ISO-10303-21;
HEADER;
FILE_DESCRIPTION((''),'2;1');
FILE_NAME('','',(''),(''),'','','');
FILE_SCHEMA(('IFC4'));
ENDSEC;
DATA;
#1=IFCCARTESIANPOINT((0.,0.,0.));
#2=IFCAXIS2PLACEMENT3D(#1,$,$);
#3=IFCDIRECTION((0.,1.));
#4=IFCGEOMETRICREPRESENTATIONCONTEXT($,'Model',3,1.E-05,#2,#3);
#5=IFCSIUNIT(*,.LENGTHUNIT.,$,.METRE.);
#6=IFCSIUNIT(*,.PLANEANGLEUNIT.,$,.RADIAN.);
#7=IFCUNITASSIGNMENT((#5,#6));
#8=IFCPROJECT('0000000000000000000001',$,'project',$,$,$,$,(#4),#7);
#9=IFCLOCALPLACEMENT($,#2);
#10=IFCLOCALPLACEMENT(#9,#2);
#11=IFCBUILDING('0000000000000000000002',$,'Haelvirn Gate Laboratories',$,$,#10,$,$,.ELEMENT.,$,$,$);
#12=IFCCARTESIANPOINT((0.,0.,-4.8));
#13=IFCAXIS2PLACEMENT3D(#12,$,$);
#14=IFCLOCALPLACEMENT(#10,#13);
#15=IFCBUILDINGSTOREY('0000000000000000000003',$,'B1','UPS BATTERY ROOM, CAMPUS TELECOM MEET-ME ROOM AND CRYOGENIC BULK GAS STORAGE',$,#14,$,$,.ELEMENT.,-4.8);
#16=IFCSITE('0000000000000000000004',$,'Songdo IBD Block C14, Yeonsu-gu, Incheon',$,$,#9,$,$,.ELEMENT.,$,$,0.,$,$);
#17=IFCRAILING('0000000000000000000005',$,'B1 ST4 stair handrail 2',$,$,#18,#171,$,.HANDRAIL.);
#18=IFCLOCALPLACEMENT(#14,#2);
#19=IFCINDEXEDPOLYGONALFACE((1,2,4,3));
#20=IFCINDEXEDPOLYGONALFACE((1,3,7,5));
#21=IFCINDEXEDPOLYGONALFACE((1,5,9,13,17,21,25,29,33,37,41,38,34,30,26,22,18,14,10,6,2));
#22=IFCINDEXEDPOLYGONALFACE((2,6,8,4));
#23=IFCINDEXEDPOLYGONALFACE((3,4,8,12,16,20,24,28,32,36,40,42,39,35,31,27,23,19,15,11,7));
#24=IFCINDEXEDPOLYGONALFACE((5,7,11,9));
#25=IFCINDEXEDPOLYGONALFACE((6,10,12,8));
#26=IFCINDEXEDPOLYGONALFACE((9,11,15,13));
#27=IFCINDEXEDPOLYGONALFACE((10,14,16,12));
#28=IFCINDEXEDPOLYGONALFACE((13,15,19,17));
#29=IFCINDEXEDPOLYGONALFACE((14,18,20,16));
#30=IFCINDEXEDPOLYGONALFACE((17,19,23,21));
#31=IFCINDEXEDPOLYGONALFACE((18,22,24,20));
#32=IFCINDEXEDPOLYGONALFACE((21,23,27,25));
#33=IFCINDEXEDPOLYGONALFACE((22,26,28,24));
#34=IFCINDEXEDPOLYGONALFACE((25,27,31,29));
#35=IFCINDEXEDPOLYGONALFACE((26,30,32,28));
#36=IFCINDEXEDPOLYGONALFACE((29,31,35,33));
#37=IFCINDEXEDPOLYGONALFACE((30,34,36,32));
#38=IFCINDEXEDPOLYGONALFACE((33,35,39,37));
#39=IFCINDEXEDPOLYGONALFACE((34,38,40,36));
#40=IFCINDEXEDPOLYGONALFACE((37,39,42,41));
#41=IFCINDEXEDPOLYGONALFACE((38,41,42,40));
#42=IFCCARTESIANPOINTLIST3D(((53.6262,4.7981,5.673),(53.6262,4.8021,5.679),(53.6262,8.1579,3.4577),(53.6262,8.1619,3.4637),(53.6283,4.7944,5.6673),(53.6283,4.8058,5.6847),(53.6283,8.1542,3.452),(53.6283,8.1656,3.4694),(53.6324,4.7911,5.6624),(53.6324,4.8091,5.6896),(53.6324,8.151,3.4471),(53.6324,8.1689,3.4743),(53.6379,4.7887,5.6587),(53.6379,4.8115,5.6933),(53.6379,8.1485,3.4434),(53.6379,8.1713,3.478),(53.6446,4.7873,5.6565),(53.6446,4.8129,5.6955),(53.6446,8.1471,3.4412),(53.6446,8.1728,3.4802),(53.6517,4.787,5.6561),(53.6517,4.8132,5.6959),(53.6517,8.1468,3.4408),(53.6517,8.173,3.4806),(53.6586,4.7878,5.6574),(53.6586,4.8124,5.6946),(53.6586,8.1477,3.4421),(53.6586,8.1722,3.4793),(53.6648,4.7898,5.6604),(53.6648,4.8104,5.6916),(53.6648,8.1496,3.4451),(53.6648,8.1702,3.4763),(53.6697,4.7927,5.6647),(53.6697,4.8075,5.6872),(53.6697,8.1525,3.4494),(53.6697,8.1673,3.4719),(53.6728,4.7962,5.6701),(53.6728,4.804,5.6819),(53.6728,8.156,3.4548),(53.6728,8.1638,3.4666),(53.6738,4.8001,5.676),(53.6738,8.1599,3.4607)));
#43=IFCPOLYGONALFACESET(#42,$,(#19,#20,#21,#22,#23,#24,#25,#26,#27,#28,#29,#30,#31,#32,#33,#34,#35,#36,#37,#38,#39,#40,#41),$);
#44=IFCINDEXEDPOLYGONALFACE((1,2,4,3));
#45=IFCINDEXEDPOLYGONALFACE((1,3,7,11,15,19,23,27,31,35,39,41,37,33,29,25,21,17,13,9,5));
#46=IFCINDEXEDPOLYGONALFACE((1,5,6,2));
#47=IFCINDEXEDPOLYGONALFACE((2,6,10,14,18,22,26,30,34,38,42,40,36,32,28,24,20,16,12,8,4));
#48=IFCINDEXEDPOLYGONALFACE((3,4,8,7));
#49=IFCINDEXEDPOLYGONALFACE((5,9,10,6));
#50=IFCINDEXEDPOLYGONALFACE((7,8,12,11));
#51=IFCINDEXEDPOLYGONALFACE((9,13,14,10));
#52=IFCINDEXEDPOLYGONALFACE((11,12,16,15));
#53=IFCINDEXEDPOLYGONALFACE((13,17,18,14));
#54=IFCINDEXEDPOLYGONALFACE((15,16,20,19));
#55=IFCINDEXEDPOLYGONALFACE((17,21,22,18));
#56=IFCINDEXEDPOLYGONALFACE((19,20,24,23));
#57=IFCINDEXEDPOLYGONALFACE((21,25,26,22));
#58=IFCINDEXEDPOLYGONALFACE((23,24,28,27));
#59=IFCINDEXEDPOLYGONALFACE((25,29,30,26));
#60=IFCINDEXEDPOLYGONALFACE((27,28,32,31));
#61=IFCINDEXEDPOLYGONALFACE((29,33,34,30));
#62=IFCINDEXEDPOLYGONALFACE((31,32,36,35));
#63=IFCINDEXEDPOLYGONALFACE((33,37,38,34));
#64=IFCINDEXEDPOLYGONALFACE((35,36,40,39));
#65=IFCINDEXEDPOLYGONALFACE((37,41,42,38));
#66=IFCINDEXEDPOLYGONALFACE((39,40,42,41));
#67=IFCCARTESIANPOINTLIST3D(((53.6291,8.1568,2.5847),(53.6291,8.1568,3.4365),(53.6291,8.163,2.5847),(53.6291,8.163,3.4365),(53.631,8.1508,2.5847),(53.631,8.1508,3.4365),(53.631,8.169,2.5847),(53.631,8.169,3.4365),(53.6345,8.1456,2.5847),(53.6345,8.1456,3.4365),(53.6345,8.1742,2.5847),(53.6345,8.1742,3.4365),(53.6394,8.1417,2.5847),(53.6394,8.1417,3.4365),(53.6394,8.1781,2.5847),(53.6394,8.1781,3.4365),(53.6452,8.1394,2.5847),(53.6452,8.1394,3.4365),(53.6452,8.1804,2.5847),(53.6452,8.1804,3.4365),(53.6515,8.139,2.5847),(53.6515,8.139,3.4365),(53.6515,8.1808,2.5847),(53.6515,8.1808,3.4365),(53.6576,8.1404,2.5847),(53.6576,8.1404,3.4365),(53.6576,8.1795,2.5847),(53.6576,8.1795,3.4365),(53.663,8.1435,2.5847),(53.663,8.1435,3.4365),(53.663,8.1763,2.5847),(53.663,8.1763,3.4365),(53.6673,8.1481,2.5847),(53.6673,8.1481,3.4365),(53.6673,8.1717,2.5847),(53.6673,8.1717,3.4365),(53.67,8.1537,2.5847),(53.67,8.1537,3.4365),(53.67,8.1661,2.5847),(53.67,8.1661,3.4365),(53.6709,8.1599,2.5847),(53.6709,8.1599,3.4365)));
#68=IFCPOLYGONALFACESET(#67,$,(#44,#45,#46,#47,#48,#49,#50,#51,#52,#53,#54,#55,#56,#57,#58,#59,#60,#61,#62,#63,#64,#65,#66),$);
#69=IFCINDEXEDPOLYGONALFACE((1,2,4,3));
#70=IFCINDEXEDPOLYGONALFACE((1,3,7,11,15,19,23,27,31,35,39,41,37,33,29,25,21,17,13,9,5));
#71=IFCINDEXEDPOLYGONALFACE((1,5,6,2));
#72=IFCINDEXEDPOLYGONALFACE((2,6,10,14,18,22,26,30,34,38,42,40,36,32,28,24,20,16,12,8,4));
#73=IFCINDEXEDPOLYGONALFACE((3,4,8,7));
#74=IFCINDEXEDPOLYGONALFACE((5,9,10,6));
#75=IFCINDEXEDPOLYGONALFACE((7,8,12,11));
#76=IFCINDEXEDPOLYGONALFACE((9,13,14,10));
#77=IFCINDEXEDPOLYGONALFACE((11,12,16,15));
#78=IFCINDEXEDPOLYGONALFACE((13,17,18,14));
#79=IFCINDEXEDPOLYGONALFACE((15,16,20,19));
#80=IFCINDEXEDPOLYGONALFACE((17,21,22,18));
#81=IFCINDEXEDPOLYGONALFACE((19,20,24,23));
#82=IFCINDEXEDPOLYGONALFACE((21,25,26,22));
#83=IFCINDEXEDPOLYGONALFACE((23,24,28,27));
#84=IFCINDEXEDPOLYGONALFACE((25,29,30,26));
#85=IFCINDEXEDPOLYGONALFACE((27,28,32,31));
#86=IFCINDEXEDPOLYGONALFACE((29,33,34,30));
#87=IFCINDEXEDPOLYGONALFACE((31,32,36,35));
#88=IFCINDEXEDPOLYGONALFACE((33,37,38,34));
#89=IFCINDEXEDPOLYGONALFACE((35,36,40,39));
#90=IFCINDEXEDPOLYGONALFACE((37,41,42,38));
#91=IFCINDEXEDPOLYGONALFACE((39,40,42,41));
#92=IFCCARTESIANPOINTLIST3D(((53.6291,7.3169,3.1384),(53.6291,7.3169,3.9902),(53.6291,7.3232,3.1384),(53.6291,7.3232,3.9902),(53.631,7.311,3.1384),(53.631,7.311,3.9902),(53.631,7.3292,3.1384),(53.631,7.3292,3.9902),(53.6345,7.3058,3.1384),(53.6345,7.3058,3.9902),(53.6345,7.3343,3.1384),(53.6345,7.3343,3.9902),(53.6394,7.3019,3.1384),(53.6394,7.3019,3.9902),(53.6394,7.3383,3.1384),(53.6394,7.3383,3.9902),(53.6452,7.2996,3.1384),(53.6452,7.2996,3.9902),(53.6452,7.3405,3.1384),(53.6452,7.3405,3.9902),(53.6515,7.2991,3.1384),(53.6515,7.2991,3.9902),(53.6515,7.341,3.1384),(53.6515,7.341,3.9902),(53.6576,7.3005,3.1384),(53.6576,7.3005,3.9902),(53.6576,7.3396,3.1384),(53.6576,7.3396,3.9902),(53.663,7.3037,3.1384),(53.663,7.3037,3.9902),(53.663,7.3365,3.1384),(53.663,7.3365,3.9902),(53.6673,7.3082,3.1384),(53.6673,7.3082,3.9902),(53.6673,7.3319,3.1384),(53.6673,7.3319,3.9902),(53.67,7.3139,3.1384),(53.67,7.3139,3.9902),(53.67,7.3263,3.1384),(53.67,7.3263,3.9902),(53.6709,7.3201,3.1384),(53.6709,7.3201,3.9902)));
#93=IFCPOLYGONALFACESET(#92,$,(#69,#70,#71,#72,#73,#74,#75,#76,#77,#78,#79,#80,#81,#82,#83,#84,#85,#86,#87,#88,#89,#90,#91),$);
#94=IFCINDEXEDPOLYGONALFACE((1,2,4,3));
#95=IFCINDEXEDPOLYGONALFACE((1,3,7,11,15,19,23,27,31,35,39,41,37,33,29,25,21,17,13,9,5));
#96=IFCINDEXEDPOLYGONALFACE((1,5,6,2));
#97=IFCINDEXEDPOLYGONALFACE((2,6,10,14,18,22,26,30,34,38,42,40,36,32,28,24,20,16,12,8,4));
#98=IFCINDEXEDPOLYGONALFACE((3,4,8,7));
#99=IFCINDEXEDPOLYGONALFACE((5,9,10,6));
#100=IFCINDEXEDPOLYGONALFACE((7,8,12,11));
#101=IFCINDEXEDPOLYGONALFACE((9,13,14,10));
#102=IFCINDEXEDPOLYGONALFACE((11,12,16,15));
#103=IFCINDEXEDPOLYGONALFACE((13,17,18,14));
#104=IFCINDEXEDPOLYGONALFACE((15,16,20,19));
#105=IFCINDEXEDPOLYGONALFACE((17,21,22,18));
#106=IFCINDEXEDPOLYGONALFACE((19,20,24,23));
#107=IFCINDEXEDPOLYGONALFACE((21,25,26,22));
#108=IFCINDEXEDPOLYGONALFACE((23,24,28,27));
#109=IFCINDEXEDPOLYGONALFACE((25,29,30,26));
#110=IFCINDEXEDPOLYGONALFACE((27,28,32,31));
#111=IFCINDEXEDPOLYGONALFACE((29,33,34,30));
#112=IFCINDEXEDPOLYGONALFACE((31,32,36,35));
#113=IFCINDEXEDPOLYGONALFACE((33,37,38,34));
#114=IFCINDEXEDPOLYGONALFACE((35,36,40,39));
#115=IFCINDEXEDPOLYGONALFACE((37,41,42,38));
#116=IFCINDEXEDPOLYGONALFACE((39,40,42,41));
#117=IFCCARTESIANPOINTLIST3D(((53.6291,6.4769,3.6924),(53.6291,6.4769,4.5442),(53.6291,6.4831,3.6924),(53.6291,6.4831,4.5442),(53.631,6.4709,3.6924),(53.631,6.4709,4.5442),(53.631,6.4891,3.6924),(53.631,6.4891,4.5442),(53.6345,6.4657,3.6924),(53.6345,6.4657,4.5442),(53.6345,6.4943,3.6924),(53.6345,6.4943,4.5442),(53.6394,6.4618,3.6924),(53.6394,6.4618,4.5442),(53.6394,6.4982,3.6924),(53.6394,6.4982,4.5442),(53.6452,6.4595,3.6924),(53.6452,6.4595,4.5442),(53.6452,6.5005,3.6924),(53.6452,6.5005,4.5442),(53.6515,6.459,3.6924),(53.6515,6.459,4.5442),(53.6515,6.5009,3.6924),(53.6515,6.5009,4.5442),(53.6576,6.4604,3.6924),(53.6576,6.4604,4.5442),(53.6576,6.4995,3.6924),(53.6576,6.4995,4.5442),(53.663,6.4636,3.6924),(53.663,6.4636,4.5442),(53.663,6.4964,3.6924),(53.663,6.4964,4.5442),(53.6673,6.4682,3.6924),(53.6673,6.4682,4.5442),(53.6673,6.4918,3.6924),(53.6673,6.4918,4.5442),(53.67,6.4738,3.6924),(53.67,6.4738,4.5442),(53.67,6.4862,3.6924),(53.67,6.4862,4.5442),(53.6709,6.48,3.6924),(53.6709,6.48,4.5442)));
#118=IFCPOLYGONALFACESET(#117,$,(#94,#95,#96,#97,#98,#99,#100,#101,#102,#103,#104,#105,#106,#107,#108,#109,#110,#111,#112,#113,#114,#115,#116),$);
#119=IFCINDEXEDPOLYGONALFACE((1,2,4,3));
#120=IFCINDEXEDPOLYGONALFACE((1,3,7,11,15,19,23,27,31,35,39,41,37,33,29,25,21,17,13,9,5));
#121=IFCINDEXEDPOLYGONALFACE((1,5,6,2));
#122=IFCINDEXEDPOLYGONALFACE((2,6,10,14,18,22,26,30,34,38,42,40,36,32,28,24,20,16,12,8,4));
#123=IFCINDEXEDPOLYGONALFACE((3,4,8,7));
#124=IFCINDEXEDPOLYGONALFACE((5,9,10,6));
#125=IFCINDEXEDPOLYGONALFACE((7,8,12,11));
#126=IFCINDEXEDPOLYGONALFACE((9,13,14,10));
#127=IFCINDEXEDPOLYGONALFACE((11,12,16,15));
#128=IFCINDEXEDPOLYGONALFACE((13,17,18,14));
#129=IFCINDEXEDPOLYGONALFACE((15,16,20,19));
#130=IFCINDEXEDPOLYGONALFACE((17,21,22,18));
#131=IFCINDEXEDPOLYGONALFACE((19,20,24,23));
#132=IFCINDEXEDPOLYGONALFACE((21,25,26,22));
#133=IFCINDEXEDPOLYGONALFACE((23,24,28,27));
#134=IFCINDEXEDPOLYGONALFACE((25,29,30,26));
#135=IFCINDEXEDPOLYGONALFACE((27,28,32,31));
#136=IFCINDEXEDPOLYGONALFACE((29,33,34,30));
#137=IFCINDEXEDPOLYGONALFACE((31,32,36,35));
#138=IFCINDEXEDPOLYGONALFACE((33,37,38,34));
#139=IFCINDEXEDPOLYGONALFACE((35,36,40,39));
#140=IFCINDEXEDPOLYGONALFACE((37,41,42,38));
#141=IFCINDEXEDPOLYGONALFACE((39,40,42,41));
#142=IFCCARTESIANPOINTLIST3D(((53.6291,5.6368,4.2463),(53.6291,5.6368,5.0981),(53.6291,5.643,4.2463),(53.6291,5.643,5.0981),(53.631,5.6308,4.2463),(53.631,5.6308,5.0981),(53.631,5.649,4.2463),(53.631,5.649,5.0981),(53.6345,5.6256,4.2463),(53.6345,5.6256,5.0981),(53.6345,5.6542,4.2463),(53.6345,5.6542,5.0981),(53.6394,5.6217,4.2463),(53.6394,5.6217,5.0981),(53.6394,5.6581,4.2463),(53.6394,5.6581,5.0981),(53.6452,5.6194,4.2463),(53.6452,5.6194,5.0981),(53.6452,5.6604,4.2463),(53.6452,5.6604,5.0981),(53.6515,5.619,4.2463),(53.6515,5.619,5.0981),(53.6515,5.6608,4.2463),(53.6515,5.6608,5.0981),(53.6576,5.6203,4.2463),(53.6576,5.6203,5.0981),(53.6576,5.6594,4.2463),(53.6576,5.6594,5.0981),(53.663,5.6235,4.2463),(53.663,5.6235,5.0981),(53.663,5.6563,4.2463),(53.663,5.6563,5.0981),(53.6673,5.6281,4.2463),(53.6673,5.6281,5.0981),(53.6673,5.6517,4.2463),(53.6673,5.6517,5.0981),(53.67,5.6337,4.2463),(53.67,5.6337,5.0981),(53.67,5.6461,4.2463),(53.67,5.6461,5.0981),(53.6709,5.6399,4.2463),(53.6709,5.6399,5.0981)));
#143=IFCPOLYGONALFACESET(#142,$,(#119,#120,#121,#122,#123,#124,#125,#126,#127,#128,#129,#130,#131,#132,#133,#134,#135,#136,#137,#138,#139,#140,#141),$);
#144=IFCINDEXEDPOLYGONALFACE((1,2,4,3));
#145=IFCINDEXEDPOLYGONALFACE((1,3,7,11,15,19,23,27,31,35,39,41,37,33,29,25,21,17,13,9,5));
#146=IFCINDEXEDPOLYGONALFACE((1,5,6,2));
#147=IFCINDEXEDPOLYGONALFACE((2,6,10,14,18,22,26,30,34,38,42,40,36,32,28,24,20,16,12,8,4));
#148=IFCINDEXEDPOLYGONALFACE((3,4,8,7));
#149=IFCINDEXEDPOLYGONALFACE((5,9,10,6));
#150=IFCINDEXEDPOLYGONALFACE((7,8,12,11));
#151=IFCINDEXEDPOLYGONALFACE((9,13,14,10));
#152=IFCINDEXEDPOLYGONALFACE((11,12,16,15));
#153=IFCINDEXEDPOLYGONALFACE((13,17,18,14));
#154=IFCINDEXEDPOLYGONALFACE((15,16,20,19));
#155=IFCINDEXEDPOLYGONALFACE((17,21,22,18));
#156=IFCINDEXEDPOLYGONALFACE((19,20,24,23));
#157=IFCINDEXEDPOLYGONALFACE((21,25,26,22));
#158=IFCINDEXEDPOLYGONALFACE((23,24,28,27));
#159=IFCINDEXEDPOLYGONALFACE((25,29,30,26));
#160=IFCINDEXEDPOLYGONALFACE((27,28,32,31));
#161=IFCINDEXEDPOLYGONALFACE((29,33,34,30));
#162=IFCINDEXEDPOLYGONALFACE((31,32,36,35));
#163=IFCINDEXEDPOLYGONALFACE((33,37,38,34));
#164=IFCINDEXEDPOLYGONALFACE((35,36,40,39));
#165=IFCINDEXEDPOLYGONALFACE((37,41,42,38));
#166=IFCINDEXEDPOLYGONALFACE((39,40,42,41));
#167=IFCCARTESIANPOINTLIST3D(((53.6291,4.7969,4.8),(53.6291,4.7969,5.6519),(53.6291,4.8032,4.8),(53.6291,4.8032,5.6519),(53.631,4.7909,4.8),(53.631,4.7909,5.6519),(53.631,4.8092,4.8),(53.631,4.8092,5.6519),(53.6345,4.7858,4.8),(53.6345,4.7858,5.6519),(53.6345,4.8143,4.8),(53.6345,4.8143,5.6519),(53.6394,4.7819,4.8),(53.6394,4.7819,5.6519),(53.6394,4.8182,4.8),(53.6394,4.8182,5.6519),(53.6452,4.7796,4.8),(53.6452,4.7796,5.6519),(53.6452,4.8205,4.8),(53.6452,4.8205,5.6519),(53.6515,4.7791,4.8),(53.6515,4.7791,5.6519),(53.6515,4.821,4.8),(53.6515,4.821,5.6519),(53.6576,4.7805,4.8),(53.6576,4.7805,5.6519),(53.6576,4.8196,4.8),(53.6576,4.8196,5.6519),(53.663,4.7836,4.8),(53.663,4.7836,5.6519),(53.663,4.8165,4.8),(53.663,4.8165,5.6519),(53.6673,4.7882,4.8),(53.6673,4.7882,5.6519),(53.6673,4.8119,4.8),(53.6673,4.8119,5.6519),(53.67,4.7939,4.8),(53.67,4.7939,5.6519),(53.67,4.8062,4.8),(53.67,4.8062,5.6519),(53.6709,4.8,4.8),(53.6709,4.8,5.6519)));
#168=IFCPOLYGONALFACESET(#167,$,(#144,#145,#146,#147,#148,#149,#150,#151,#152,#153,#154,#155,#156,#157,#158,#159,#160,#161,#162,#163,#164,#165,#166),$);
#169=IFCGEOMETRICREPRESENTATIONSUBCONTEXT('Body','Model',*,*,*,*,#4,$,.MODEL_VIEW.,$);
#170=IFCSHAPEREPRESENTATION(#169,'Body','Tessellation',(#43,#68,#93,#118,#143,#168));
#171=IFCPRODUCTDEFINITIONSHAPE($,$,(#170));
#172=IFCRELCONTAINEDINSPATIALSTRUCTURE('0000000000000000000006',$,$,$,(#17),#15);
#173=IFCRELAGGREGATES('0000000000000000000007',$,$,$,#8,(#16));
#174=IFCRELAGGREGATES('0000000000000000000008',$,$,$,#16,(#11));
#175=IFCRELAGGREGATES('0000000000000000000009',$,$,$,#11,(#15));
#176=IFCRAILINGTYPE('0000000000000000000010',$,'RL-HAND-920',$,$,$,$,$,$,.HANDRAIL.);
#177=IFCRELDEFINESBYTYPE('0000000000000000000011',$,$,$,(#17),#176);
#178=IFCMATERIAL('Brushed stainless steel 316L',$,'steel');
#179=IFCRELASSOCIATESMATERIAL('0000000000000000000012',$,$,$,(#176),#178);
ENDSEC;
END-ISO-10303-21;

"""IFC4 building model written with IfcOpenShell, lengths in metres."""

from ifc_helpers import new_model, si_unit, direction, frame, origin, origin_2d, place, context, subcontext, project, spatial, circle, extrude, source, transform, mapped, material, type_object, type_shapes, element, save


model = new_model("IFC4")

# Units and contexts
model_context = context("Model", 3, precision=1e-05, world=origin(), true_north=direction((0.0, 1.0)))
body_context = subcontext(model_context, "Body", "Model", "MODEL_VIEW")
ifc_project = project(units=[si_unit("LENGTHUNIT", "METRE"), si_unit("PLANEANGLEUNIT", "RADIAN")], contexts=[model_context])

# Site, building, storey
site_placement = place(None, origin())
site = spatial("IfcSite", under=ifc_project, at=site_placement, Name="Songdo IBD Block C14, Yeonsu-gu, Incheon", CompositionType="ELEMENT", RefElevation=0.0)
building_placement = place(site_placement, origin())
building = spatial("IfcBuilding", under=site, at=building_placement, Name="Haelvirn Gate Laboratories", CompositionType="ELEMENT")
storey_placement = place(building_placement, frame((0.0, 0.0, -4.8)))
storey = spatial("IfcBuildingStorey", under=building, at=storey_placement, Name="B1", Description="UPS BATTERY ROOM, CAMPUS TELECOM MEET-ME ROOM AND CRYOGENIC BULK GAS STORAGE", CompositionType="ELEMENT", Elevation=-4.8)

# Railing
ifc_material_1 = material(Name="Brushed stainless steel 316L", Category="steel")
railing_type_1 = type_object("IfcRailingType", Name="RL-HAND-920", PredefinedType="HANDRAIL", material=ifc_material_1)
shared_shape_1 = source(origin(), body_context, "Body", "SweptSolid", [
    extrude(circle(Radius=0.0239, at=origin_2d()), frame((0.0, 0.0, 0.876), z_axis=(0.0, -0.834858, 0.550465), x_axis=(1.0, 0.0, 0.0)), (0.0, 0.0, 1.0), 4.0244),
    extrude(circle(Radius=0.021, at=origin_2d()), origin(), (0.0, 0.0, 1.0), 0.8518),
    extrude(circle(Radius=0.021, at=origin_2d()), frame((0.0, -0.8398, 0.5537)), (0.0, 0.0, 1.0), 0.8518),
    extrude(circle(Radius=0.021, at=origin_2d()), frame((0.0, -1.6799, 1.1077)), (0.0, 0.0, 1.0), 0.8518),
    extrude(circle(Radius=0.021, at=origin_2d()), frame((0.0, -2.52, 1.6616)), (0.0, 0.0, 1.0), 0.8518),
    extrude(circle(Radius=0.021, at=origin_2d()), frame((0.0, -3.3599, 2.2153)), (0.0, 0.0, 1.0), 0.8518),
])
type_shapes(railing_type_1, [shared_shape_1])
railing_1_placement = place(storey_placement, frame((53.6499, 8.1599, 2.5847)))
element("IfcRailing", 1, at=railing_1_placement, inside=storey, type_object=railing_type_1, Name="B1 ST4 stair handrail 2", PredefinedType="HANDRAIL", context=body_context, shape_type="MappedRepresentation", body=[
    mapped(shared_shape_1, transform((0.0, 0.0, 0.0), scale=1.0)),
])

save(model, "model.ifc")
